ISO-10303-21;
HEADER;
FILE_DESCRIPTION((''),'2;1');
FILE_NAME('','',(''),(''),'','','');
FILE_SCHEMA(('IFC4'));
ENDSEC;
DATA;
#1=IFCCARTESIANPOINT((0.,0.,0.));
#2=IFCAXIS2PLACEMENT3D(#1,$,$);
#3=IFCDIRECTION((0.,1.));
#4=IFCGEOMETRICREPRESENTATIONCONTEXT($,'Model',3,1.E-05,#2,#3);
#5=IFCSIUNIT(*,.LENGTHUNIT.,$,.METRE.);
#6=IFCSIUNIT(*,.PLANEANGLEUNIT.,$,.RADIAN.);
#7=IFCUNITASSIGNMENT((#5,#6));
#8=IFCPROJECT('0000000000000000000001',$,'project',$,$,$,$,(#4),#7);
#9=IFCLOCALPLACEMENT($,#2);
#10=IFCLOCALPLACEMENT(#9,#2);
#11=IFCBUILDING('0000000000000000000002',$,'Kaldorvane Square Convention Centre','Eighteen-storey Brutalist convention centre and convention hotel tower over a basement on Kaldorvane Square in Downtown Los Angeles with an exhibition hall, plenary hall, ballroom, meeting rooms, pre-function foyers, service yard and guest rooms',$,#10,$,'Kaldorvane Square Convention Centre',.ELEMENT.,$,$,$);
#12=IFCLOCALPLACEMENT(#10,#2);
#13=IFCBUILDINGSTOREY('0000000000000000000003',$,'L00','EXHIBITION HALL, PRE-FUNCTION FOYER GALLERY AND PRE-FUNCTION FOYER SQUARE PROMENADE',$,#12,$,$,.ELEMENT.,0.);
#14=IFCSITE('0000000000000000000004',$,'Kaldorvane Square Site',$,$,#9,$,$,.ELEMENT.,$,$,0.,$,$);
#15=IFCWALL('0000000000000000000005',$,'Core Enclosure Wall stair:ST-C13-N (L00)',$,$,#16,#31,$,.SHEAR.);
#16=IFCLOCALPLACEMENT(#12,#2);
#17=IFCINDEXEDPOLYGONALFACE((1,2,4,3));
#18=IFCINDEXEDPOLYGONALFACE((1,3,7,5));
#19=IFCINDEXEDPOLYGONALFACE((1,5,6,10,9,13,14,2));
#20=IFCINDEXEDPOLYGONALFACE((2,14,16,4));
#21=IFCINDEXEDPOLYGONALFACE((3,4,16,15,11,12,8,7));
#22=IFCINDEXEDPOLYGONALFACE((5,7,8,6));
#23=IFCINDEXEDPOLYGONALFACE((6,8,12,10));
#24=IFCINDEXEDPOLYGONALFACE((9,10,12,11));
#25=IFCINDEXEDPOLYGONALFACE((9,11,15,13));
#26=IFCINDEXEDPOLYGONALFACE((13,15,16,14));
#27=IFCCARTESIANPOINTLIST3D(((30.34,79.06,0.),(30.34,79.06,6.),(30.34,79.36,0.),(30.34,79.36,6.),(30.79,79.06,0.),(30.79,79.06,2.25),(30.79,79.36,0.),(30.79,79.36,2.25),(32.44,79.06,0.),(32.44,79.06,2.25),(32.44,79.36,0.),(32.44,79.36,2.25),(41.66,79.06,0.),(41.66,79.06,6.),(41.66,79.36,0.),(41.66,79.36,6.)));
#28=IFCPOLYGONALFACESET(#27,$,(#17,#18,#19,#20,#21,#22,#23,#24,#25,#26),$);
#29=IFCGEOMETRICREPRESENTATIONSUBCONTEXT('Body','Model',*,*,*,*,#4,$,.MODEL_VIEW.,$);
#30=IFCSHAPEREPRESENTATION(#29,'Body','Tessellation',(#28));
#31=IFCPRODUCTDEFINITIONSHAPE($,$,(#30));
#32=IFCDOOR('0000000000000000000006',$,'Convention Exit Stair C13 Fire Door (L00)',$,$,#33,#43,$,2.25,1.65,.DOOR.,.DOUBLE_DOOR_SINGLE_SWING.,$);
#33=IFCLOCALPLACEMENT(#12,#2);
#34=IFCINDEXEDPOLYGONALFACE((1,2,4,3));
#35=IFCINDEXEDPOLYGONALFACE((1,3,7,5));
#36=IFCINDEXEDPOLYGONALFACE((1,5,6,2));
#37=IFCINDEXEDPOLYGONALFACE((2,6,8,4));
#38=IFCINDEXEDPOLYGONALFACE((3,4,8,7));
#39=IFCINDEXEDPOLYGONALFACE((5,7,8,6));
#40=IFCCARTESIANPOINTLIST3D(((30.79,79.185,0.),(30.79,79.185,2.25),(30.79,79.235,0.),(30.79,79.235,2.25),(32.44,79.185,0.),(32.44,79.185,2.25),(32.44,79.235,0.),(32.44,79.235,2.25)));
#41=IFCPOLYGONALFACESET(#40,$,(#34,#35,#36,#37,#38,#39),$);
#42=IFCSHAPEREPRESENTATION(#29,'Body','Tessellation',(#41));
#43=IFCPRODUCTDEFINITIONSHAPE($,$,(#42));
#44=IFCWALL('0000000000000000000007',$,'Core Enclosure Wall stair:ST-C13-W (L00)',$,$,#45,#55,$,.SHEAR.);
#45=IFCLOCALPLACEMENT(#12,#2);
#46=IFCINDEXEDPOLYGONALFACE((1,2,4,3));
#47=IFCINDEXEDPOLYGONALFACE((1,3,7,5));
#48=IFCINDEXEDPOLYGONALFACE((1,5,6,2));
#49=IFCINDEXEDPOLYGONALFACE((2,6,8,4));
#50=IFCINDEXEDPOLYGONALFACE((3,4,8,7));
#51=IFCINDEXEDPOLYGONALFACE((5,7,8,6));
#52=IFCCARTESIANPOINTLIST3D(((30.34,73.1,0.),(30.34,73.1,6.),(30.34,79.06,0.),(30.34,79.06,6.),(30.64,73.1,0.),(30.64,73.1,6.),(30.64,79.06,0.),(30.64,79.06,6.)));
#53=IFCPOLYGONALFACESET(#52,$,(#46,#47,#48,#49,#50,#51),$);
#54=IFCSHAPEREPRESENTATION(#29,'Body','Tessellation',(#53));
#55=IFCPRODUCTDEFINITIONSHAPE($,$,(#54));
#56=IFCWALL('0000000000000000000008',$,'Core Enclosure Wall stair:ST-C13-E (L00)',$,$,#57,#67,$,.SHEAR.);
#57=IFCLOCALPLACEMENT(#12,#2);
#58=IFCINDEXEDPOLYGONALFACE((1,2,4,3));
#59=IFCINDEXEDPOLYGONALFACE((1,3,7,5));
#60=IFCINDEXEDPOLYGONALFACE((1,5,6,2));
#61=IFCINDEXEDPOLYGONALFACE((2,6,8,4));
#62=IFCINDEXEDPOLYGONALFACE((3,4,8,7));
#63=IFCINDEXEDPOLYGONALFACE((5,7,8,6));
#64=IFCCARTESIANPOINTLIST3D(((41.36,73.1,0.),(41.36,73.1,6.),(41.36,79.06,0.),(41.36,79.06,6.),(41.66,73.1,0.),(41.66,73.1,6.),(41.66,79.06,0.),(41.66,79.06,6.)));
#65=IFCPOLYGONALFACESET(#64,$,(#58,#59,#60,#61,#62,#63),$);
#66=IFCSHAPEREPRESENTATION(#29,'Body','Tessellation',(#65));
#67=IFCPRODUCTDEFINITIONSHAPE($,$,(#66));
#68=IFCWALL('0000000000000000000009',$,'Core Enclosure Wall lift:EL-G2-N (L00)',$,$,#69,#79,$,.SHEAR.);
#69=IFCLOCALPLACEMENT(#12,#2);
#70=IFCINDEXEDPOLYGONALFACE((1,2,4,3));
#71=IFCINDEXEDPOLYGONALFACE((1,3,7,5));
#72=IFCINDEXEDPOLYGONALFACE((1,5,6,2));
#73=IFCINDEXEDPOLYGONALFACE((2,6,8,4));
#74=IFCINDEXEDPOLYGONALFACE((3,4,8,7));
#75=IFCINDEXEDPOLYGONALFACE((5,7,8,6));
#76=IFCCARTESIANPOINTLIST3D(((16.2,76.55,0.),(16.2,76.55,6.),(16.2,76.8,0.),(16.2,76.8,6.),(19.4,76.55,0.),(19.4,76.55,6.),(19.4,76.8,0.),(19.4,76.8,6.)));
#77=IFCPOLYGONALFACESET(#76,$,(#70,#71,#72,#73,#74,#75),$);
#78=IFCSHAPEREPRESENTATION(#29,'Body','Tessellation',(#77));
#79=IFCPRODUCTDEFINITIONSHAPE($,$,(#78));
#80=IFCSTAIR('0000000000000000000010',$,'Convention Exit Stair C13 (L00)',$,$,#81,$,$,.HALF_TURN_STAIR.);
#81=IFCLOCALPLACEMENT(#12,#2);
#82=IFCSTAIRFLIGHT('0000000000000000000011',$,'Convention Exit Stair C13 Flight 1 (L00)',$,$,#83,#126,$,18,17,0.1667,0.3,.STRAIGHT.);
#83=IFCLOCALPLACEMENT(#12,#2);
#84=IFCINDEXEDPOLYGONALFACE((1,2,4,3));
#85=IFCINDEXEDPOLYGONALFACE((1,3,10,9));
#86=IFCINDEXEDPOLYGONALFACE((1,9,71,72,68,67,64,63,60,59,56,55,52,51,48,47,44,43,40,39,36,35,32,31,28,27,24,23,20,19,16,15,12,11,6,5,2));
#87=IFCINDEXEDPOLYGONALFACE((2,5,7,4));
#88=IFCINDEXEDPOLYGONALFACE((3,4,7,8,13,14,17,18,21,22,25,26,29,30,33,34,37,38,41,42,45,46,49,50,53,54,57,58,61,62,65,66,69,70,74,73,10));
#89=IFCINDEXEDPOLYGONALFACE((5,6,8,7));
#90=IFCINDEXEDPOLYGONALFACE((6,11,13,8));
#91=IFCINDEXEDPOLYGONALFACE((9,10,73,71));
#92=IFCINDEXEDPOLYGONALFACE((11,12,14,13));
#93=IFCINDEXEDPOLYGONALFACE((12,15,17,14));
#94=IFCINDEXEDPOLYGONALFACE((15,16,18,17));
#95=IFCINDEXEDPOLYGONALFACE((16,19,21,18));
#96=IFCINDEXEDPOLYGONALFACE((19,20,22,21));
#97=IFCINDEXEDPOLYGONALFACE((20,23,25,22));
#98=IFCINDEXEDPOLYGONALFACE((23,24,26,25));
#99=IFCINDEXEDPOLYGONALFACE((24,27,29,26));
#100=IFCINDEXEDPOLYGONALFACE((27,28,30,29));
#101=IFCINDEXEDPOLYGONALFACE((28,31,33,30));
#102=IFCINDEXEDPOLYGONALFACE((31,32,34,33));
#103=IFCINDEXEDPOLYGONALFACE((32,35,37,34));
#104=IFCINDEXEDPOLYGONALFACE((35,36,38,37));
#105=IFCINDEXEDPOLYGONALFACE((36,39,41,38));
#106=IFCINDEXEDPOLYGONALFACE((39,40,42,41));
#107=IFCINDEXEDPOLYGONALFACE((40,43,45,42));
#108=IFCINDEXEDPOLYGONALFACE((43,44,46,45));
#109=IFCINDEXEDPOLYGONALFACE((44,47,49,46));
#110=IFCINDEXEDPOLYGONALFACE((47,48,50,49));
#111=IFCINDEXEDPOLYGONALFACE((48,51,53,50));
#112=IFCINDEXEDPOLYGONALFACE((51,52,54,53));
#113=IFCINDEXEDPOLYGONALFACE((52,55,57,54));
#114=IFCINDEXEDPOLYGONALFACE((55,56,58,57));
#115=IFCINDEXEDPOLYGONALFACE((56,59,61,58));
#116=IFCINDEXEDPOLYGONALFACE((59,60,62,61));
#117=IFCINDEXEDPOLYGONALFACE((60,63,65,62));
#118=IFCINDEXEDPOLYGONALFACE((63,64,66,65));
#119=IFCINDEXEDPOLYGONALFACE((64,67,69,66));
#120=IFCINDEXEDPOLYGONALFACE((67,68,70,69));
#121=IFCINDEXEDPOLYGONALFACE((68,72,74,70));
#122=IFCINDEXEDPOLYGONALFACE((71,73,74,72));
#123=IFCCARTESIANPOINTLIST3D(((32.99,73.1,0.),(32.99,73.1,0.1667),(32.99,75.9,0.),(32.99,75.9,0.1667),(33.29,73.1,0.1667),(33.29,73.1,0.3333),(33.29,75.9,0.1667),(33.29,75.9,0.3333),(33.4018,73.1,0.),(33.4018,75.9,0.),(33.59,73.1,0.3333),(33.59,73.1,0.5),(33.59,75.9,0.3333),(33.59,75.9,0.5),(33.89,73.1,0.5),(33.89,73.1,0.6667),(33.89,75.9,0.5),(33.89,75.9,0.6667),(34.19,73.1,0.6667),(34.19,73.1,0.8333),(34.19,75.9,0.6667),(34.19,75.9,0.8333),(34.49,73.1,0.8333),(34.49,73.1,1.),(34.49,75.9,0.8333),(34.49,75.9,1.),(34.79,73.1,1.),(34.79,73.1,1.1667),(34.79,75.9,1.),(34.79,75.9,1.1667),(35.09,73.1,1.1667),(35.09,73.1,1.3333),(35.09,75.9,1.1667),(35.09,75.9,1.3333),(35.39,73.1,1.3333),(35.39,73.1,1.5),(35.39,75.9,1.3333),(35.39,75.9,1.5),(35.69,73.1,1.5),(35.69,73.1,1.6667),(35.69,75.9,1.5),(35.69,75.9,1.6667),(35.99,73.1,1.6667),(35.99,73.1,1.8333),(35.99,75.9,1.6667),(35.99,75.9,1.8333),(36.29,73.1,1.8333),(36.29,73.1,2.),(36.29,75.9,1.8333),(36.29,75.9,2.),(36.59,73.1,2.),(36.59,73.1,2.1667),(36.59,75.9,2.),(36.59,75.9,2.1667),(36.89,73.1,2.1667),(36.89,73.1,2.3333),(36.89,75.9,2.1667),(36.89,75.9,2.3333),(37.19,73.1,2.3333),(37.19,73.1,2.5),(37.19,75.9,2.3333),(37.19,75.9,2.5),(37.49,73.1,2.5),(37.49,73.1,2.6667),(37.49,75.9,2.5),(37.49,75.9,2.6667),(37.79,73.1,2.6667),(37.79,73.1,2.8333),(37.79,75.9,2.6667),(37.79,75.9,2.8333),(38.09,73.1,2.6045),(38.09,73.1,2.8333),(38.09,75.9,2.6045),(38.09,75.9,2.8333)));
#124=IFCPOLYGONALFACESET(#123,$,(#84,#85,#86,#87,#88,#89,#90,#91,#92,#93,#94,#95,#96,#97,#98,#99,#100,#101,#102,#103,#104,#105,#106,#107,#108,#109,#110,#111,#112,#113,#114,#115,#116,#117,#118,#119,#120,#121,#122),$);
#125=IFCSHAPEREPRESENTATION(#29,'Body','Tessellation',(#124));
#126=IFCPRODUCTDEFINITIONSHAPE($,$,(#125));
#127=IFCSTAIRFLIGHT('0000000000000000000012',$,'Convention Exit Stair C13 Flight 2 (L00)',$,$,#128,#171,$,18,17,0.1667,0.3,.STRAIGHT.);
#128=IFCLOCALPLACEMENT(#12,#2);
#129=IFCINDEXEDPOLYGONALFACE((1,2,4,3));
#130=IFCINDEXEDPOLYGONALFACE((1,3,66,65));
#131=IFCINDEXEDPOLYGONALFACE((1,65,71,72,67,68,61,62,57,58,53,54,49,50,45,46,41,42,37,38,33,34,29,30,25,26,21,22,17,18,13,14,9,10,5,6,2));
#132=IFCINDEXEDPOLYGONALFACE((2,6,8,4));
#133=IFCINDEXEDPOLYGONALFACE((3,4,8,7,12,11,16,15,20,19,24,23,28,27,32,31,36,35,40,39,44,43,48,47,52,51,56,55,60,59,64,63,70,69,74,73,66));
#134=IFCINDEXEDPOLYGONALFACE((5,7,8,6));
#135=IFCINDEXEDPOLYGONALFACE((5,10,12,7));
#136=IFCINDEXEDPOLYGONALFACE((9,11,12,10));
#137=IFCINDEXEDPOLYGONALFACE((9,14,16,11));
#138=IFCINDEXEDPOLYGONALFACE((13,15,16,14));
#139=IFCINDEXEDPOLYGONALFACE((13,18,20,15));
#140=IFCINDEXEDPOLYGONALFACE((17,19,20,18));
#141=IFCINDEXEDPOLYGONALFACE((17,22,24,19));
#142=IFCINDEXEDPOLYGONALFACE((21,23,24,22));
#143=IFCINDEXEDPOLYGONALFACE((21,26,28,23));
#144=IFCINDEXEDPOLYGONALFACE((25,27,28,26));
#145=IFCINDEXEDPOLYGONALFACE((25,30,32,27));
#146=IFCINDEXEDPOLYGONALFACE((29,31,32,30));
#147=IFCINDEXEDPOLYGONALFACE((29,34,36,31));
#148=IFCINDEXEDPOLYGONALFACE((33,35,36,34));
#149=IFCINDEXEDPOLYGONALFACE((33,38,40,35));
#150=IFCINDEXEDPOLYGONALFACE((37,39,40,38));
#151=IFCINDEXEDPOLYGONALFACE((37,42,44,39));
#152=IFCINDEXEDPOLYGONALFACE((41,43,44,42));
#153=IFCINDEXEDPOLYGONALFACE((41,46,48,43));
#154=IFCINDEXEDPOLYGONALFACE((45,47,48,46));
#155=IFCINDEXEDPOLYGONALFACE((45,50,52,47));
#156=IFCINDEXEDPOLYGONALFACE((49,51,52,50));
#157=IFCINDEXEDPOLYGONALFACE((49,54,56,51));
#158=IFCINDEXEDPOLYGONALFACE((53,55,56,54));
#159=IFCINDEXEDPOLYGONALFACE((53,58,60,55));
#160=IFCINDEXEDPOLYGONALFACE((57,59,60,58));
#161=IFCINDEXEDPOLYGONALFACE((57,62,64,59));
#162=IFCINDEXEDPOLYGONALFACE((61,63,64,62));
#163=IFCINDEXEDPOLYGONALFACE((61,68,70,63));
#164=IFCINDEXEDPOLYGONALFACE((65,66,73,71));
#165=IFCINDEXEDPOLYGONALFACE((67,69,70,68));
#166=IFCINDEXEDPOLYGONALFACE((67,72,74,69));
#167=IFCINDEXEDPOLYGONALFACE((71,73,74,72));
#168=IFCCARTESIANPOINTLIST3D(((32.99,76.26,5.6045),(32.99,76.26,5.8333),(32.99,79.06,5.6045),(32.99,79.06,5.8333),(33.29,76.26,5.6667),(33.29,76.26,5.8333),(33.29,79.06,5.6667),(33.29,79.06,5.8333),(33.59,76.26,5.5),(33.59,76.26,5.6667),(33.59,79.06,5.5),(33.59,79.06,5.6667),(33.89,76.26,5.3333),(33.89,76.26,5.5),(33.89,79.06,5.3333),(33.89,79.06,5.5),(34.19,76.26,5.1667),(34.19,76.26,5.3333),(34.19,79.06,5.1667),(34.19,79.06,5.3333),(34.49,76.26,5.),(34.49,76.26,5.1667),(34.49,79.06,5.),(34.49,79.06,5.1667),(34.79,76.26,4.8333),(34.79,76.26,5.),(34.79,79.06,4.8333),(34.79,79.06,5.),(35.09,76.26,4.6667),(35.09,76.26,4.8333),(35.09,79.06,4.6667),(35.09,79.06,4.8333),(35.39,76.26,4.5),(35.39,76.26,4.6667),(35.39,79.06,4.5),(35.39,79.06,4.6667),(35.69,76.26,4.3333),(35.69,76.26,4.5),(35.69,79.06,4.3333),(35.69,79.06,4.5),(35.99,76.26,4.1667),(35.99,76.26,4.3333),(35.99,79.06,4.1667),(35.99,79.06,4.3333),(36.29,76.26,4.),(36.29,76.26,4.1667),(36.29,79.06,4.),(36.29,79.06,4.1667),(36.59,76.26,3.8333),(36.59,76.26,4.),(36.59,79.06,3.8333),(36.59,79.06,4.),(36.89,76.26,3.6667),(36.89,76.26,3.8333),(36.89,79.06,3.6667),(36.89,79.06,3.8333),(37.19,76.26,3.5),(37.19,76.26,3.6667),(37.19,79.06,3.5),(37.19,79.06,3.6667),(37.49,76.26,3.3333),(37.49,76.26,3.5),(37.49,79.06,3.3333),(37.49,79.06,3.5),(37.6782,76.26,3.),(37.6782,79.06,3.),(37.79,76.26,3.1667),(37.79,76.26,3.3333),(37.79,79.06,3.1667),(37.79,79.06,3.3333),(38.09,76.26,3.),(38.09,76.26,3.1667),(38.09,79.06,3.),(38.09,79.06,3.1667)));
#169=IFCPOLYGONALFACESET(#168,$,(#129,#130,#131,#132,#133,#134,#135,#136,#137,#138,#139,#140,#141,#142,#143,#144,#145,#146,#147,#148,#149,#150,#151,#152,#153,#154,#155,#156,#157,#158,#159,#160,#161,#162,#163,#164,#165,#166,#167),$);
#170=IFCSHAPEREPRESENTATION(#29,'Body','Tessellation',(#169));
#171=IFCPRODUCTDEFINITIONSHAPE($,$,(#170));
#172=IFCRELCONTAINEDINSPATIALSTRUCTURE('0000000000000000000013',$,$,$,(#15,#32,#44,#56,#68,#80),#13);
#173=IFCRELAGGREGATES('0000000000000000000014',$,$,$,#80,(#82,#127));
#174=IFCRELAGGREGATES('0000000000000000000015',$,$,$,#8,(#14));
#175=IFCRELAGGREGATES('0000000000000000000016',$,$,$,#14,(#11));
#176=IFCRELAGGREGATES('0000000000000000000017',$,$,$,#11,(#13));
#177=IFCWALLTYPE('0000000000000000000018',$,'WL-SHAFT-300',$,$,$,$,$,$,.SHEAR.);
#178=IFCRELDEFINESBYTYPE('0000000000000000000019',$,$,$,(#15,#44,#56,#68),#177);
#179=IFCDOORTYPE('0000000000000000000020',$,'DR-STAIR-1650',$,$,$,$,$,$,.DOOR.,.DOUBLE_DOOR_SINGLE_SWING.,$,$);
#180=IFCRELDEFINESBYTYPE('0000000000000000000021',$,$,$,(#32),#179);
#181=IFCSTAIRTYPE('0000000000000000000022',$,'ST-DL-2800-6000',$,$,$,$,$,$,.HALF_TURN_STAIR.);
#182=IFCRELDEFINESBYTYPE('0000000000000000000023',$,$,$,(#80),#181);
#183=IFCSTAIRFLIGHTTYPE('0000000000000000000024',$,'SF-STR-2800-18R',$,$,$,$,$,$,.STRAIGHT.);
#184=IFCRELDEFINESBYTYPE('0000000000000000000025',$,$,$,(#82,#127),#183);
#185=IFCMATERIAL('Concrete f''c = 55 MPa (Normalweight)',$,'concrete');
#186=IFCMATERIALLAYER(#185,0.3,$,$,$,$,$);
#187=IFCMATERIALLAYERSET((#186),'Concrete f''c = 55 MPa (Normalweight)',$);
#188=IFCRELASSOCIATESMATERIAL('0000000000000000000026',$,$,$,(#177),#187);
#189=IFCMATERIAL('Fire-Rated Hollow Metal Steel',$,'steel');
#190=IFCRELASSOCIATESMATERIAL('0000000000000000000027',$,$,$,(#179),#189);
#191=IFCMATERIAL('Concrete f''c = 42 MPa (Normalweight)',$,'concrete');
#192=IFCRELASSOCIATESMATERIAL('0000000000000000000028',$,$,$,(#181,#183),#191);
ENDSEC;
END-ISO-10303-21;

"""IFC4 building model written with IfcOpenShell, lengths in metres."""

from ifc_helpers import new_model, si_unit, direction, frame, frame_2d, origin, place, context, subcontext, project, spatial, polyline, rectangle, outline, extrude, material, layer, layer_set, type_object, element, fill, aggregate, save


model = new_model("IFC4")

# Units and contexts
model_context = context("Model", 3, precision=1e-05, world=origin(), true_north=direction((0.0, 1.0)))
body_context = subcontext(model_context, "Body", "Model", "MODEL_VIEW")
ifc_project = project(units=[si_unit("LENGTHUNIT", "METRE"), si_unit("PLANEANGLEUNIT", "RADIAN")], contexts=[model_context])

# Site, building, storey
site_placement = place(None, origin())
site = spatial("IfcSite", under=ifc_project, at=site_placement, Name="Kaldorvane Square Site", CompositionType="ELEMENT", RefElevation=0.0)
building_placement = place(site_placement, origin())
building = spatial("IfcBuilding", under=site, at=building_placement, Name="Kaldorvane Square Convention Centre", Description="Eighteen-storey Brutalist convention centre and convention hotel tower over a basement on Kaldorvane Square in Downtown Los Angeles with an exhibition hall, plenary hall, ballroom, meeting rooms, pre-function foyers, service yard and guest rooms", LongName="Kaldorvane Square Convention Centre", CompositionType="ELEMENT")
storey_placement = place(building_placement, origin())
storey = spatial("IfcBuildingStorey", under=building, at=storey_placement, Name="L00", Description="EXHIBITION HALL, PRE-FUNCTION FOYER GALLERY AND PRE-FUNCTION FOYER SQUARE PROMENADE", CompositionType="ELEMENT", Elevation=0.0)

# Shared definitions
ifc_material_1 = material(Name="Concrete f'c = 55 MPa (Normalweight)", Category="concrete")

# Shared definitions
ifc_layer_1 = layer(ifc_material_1, 0.3)
ifc_layer_set_1 = layer_set([ifc_layer_1], Name="Concrete f'c = 55 MPa (Normalweight)")
wall_type_1 = type_object("IfcWallType", Name="WL-SHAFT-300", PredefinedType="SHEAR", material=ifc_layer_set_1)

# Wall, opening, door
wall_1_placement = place(storey_placement, frame((41.66, 79.21, 0.0), z_axis=(0.0, 0.0, 1.0), x_axis=(-1.0, 0.0, 0.0)))
wall_1 = element("IfcWall", 1, at=wall_1_placement, inside=storey, type_object=wall_type_1, Name="Core Enclosure Wall stair:ST-C13-N (L00)", PredefinedType="SHEAR", context=body_context, shape_type="SweptSolid", body=[
    extrude(rectangle(XDim=11.32, YDim=0.3, at=frame_2d((5.66, 0.0))), origin(), (0.0, 0.0, 1.0), 6.0),
])
opening_1_placement = place(wall_1_placement, frame((9.22, 0.0, 0.0)))
opening_1 = element("IfcOpeningElement", 2, at=opening_1_placement, cuts=wall_1, PredefinedType="OPENING", context=body_context, shape_type="SweptSolid", body=[
    extrude(rectangle(XDim=1.65, YDim=2.25, at=frame_2d((0.825, 1.125))), frame((0.0, 0.165, 0.0), z_axis=(0.0, -1.0, 0.0), x_axis=(1.0, 0.0, 0.0)), (0.0, 0.0, 1.0), 0.33),
])
ifc_material_2 = material(Name="Fire-Rated Hollow Metal Steel", Category="steel")
door_type_1 = type_object("IfcDoorType", Name="DR-STAIR-1650", OperationType="DOUBLE_DOOR_SINGLE_SWING", PredefinedType="DOOR", material=ifc_material_2)
door_1_placement = place(opening_1_placement, origin())
door_1 = element("IfcDoor", 3, at=door_1_placement, inside=storey, type_object=door_type_1, Name="Convention Exit Stair C13 Fire Door (L00)", OperationType="DOUBLE_DOOR_SINGLE_SWING", OverallHeight=2.25, OverallWidth=1.65, PredefinedType="DOOR", context=body_context, shape_type="SweptSolid", body=[
    extrude(rectangle(XDim=1.65, YDim=2.25, at=frame_2d((0.825, 1.125))), frame((0.0, 0.025, 0.0), z_axis=(0.0, -1.0, 0.0), x_axis=(1.0, 0.0, 0.0)), (0.0, 0.0, 1.0), 0.05),
])
fill(opening_1, door_1)

# Walls
for number, where, z_axis, x_axis, name in (
    (4, (30.49, 79.06, 0.0), (0.0, 0.0, 1.0), (0.0, -1.0, 0.0), "Core Enclosure Wall stair:ST-C13-W (L00)"),
    (5, (41.51, 73.1, 0.0), (0.0, 0.0, 1.0), (0.0, 1.0, 0.0), "Core Enclosure Wall stair:ST-C13-E (L00)"),
):
    element("IfcWall", number, at=place(storey_placement, frame(where, z_axis=z_axis, x_axis=x_axis)), inside=storey, type_object=wall_type_1, Name=name, PredefinedType="SHEAR", context=body_context, shape_type="SweptSolid", body=[
        extrude(rectangle(XDim=5.96, YDim=0.3, at=frame_2d((2.98, 0.0))), origin(), (0.0, 0.0, 1.0), 6.0),
    ])
wall_2_placement = place(storey_placement, frame((19.4, 76.675, 0.0), z_axis=(0.0, 0.0, 1.0), x_axis=(-1.0, 0.0, 0.0)))
element("IfcWall", 6, at=wall_2_placement, inside=storey, type_object=wall_type_1, Name="Core Enclosure Wall lift:EL-G2-N (L00)", PredefinedType="SHEAR", context=body_context, shape_type="SweptSolid", body=[
    extrude(rectangle(XDim=3.2, YDim=0.25, at=frame_2d((1.6, 0.0))), origin(), (0.0, 0.0, 1.0), 6.0),
])

# Stair, stair flights
ifc_material_3 = material(Name="Concrete f'c = 42 MPa (Normalweight)", Category="concrete")
stair_type = type_object("IfcStairType", Name="ST-DL-2800-6000", PredefinedType="HALF_TURN_STAIR", material=ifc_material_3)
stair_placement = place(storey_placement, origin())
stair = element("IfcStair", 7, at=stair_placement, inside=storey, type_object=stair_type, Name="Convention Exit Stair C13 (L00)", PredefinedType="HALF_TURN_STAIR")
stair_flight_type = type_object("IfcStairFlightType", Name="SF-STR-2800-18R", PredefinedType="STRAIGHT", material=ifc_material_3)
stair_flight_1_placement = place(storey_placement, frame((32.99, 74.5, 0.0), z_axis=(0.0, 0.0, 1.0), x_axis=(1.0, 0.0, 0.0)))
stair_flight_1 = element("IfcStairFlight", 8, at=stair_flight_1_placement, type_object=stair_flight_type, Name="Convention Exit Stair C13 Flight 1 (L00)", NumberOfRisers=18, NumberOfTreads=17, PredefinedType="STRAIGHT", RiserHeight=0.1667, TreadLength=0.3, context=body_context, shape_type="SweptSolid", body=[
    extrude(outline(polyline([(0.0, 0.0), (0.0, 0.1667), (0.3, 0.1667), (0.3, 0.3333), (0.6, 0.3333), (0.6, 0.5), (0.9, 0.5), (0.9, 0.6667), (1.2, 0.6667), (1.2, 0.8333), (1.5, 0.8333), (1.5, 1.0), (1.8, 1.0), (1.8, 1.1667), (2.1, 1.1667), (2.1, 1.3333), (2.4, 1.3333), (2.4, 1.5), (2.7, 1.5), (2.7, 1.6667), (3.0, 1.6667), (3.0, 1.8333), (3.3, 1.8333), (3.3, 2.0), (3.6, 2.0), (3.6, 2.1667), (3.9, 2.1667), (3.9, 2.3333), (4.2, 2.3333), (4.2, 2.5), (4.5, 2.5), (4.5, 2.6667), (4.8, 2.6667), (4.8, 2.8333), (5.1, 2.8333), (5.1, 3.0), (5.1, 2.6045), (0.4118, 0.0), (0.0, 0.0)])), frame((0.0, 1.4, 0.0), z_axis=(0.0, -1.0, 0.0), x_axis=(1.0, 0.0, 0.0)), (0.0, 0.0, 1.0), 2.8),
])
stair_flight_2_placement = place(storey_placement, frame((38.09, 77.66, 3.0), z_axis=(0.0, 0.0, 1.0), x_axis=(-1.0, 0.0, 0.0)))
stair_flight_2 = element("IfcStairFlight", 9, at=stair_flight_2_placement, type_object=stair_flight_type, Name="Convention Exit Stair C13 Flight 2 (L00)", NumberOfRisers=18, NumberOfTreads=17, PredefinedType="STRAIGHT", RiserHeight=0.1667, TreadLength=0.3, context=body_context, shape_type="SweptSolid", body=[
    extrude(outline(polyline([(0.0, 0.0), (0.0, 0.1667), (0.3, 0.1667), (0.3, 0.3333), (0.6, 0.3333), (0.6, 0.5), (0.9, 0.5), (0.9, 0.6667), (1.2, 0.6667), (1.2, 0.8333), (1.5, 0.8333), (1.5, 1.0), (1.8, 1.0), (1.8, 1.1667), (2.1, 1.1667), (2.1, 1.3333), (2.4, 1.3333), (2.4, 1.5), (2.7, 1.5), (2.7, 1.6667), (3.0, 1.6667), (3.0, 1.8333), (3.3, 1.8333), (3.3, 2.0), (3.6, 2.0), (3.6, 2.1667), (3.9, 2.1667), (3.9, 2.3333), (4.2, 2.3333), (4.2, 2.5), (4.5, 2.5), (4.5, 2.6667), (4.8, 2.6667), (4.8, 2.8333), (5.1, 2.8333), (5.1, 3.0), (5.1, 2.6045), (0.4118, 0.0), (0.0, 0.0)])), frame((0.0, 1.4, 0.0), z_axis=(0.0, -1.0, 0.0), x_axis=(1.0, 0.0, 0.0)), (0.0, 0.0, 1.0), 2.8),
])
aggregate(stair, [stair_flight_1, stair_flight_2])

save(model, "model.ifc")
